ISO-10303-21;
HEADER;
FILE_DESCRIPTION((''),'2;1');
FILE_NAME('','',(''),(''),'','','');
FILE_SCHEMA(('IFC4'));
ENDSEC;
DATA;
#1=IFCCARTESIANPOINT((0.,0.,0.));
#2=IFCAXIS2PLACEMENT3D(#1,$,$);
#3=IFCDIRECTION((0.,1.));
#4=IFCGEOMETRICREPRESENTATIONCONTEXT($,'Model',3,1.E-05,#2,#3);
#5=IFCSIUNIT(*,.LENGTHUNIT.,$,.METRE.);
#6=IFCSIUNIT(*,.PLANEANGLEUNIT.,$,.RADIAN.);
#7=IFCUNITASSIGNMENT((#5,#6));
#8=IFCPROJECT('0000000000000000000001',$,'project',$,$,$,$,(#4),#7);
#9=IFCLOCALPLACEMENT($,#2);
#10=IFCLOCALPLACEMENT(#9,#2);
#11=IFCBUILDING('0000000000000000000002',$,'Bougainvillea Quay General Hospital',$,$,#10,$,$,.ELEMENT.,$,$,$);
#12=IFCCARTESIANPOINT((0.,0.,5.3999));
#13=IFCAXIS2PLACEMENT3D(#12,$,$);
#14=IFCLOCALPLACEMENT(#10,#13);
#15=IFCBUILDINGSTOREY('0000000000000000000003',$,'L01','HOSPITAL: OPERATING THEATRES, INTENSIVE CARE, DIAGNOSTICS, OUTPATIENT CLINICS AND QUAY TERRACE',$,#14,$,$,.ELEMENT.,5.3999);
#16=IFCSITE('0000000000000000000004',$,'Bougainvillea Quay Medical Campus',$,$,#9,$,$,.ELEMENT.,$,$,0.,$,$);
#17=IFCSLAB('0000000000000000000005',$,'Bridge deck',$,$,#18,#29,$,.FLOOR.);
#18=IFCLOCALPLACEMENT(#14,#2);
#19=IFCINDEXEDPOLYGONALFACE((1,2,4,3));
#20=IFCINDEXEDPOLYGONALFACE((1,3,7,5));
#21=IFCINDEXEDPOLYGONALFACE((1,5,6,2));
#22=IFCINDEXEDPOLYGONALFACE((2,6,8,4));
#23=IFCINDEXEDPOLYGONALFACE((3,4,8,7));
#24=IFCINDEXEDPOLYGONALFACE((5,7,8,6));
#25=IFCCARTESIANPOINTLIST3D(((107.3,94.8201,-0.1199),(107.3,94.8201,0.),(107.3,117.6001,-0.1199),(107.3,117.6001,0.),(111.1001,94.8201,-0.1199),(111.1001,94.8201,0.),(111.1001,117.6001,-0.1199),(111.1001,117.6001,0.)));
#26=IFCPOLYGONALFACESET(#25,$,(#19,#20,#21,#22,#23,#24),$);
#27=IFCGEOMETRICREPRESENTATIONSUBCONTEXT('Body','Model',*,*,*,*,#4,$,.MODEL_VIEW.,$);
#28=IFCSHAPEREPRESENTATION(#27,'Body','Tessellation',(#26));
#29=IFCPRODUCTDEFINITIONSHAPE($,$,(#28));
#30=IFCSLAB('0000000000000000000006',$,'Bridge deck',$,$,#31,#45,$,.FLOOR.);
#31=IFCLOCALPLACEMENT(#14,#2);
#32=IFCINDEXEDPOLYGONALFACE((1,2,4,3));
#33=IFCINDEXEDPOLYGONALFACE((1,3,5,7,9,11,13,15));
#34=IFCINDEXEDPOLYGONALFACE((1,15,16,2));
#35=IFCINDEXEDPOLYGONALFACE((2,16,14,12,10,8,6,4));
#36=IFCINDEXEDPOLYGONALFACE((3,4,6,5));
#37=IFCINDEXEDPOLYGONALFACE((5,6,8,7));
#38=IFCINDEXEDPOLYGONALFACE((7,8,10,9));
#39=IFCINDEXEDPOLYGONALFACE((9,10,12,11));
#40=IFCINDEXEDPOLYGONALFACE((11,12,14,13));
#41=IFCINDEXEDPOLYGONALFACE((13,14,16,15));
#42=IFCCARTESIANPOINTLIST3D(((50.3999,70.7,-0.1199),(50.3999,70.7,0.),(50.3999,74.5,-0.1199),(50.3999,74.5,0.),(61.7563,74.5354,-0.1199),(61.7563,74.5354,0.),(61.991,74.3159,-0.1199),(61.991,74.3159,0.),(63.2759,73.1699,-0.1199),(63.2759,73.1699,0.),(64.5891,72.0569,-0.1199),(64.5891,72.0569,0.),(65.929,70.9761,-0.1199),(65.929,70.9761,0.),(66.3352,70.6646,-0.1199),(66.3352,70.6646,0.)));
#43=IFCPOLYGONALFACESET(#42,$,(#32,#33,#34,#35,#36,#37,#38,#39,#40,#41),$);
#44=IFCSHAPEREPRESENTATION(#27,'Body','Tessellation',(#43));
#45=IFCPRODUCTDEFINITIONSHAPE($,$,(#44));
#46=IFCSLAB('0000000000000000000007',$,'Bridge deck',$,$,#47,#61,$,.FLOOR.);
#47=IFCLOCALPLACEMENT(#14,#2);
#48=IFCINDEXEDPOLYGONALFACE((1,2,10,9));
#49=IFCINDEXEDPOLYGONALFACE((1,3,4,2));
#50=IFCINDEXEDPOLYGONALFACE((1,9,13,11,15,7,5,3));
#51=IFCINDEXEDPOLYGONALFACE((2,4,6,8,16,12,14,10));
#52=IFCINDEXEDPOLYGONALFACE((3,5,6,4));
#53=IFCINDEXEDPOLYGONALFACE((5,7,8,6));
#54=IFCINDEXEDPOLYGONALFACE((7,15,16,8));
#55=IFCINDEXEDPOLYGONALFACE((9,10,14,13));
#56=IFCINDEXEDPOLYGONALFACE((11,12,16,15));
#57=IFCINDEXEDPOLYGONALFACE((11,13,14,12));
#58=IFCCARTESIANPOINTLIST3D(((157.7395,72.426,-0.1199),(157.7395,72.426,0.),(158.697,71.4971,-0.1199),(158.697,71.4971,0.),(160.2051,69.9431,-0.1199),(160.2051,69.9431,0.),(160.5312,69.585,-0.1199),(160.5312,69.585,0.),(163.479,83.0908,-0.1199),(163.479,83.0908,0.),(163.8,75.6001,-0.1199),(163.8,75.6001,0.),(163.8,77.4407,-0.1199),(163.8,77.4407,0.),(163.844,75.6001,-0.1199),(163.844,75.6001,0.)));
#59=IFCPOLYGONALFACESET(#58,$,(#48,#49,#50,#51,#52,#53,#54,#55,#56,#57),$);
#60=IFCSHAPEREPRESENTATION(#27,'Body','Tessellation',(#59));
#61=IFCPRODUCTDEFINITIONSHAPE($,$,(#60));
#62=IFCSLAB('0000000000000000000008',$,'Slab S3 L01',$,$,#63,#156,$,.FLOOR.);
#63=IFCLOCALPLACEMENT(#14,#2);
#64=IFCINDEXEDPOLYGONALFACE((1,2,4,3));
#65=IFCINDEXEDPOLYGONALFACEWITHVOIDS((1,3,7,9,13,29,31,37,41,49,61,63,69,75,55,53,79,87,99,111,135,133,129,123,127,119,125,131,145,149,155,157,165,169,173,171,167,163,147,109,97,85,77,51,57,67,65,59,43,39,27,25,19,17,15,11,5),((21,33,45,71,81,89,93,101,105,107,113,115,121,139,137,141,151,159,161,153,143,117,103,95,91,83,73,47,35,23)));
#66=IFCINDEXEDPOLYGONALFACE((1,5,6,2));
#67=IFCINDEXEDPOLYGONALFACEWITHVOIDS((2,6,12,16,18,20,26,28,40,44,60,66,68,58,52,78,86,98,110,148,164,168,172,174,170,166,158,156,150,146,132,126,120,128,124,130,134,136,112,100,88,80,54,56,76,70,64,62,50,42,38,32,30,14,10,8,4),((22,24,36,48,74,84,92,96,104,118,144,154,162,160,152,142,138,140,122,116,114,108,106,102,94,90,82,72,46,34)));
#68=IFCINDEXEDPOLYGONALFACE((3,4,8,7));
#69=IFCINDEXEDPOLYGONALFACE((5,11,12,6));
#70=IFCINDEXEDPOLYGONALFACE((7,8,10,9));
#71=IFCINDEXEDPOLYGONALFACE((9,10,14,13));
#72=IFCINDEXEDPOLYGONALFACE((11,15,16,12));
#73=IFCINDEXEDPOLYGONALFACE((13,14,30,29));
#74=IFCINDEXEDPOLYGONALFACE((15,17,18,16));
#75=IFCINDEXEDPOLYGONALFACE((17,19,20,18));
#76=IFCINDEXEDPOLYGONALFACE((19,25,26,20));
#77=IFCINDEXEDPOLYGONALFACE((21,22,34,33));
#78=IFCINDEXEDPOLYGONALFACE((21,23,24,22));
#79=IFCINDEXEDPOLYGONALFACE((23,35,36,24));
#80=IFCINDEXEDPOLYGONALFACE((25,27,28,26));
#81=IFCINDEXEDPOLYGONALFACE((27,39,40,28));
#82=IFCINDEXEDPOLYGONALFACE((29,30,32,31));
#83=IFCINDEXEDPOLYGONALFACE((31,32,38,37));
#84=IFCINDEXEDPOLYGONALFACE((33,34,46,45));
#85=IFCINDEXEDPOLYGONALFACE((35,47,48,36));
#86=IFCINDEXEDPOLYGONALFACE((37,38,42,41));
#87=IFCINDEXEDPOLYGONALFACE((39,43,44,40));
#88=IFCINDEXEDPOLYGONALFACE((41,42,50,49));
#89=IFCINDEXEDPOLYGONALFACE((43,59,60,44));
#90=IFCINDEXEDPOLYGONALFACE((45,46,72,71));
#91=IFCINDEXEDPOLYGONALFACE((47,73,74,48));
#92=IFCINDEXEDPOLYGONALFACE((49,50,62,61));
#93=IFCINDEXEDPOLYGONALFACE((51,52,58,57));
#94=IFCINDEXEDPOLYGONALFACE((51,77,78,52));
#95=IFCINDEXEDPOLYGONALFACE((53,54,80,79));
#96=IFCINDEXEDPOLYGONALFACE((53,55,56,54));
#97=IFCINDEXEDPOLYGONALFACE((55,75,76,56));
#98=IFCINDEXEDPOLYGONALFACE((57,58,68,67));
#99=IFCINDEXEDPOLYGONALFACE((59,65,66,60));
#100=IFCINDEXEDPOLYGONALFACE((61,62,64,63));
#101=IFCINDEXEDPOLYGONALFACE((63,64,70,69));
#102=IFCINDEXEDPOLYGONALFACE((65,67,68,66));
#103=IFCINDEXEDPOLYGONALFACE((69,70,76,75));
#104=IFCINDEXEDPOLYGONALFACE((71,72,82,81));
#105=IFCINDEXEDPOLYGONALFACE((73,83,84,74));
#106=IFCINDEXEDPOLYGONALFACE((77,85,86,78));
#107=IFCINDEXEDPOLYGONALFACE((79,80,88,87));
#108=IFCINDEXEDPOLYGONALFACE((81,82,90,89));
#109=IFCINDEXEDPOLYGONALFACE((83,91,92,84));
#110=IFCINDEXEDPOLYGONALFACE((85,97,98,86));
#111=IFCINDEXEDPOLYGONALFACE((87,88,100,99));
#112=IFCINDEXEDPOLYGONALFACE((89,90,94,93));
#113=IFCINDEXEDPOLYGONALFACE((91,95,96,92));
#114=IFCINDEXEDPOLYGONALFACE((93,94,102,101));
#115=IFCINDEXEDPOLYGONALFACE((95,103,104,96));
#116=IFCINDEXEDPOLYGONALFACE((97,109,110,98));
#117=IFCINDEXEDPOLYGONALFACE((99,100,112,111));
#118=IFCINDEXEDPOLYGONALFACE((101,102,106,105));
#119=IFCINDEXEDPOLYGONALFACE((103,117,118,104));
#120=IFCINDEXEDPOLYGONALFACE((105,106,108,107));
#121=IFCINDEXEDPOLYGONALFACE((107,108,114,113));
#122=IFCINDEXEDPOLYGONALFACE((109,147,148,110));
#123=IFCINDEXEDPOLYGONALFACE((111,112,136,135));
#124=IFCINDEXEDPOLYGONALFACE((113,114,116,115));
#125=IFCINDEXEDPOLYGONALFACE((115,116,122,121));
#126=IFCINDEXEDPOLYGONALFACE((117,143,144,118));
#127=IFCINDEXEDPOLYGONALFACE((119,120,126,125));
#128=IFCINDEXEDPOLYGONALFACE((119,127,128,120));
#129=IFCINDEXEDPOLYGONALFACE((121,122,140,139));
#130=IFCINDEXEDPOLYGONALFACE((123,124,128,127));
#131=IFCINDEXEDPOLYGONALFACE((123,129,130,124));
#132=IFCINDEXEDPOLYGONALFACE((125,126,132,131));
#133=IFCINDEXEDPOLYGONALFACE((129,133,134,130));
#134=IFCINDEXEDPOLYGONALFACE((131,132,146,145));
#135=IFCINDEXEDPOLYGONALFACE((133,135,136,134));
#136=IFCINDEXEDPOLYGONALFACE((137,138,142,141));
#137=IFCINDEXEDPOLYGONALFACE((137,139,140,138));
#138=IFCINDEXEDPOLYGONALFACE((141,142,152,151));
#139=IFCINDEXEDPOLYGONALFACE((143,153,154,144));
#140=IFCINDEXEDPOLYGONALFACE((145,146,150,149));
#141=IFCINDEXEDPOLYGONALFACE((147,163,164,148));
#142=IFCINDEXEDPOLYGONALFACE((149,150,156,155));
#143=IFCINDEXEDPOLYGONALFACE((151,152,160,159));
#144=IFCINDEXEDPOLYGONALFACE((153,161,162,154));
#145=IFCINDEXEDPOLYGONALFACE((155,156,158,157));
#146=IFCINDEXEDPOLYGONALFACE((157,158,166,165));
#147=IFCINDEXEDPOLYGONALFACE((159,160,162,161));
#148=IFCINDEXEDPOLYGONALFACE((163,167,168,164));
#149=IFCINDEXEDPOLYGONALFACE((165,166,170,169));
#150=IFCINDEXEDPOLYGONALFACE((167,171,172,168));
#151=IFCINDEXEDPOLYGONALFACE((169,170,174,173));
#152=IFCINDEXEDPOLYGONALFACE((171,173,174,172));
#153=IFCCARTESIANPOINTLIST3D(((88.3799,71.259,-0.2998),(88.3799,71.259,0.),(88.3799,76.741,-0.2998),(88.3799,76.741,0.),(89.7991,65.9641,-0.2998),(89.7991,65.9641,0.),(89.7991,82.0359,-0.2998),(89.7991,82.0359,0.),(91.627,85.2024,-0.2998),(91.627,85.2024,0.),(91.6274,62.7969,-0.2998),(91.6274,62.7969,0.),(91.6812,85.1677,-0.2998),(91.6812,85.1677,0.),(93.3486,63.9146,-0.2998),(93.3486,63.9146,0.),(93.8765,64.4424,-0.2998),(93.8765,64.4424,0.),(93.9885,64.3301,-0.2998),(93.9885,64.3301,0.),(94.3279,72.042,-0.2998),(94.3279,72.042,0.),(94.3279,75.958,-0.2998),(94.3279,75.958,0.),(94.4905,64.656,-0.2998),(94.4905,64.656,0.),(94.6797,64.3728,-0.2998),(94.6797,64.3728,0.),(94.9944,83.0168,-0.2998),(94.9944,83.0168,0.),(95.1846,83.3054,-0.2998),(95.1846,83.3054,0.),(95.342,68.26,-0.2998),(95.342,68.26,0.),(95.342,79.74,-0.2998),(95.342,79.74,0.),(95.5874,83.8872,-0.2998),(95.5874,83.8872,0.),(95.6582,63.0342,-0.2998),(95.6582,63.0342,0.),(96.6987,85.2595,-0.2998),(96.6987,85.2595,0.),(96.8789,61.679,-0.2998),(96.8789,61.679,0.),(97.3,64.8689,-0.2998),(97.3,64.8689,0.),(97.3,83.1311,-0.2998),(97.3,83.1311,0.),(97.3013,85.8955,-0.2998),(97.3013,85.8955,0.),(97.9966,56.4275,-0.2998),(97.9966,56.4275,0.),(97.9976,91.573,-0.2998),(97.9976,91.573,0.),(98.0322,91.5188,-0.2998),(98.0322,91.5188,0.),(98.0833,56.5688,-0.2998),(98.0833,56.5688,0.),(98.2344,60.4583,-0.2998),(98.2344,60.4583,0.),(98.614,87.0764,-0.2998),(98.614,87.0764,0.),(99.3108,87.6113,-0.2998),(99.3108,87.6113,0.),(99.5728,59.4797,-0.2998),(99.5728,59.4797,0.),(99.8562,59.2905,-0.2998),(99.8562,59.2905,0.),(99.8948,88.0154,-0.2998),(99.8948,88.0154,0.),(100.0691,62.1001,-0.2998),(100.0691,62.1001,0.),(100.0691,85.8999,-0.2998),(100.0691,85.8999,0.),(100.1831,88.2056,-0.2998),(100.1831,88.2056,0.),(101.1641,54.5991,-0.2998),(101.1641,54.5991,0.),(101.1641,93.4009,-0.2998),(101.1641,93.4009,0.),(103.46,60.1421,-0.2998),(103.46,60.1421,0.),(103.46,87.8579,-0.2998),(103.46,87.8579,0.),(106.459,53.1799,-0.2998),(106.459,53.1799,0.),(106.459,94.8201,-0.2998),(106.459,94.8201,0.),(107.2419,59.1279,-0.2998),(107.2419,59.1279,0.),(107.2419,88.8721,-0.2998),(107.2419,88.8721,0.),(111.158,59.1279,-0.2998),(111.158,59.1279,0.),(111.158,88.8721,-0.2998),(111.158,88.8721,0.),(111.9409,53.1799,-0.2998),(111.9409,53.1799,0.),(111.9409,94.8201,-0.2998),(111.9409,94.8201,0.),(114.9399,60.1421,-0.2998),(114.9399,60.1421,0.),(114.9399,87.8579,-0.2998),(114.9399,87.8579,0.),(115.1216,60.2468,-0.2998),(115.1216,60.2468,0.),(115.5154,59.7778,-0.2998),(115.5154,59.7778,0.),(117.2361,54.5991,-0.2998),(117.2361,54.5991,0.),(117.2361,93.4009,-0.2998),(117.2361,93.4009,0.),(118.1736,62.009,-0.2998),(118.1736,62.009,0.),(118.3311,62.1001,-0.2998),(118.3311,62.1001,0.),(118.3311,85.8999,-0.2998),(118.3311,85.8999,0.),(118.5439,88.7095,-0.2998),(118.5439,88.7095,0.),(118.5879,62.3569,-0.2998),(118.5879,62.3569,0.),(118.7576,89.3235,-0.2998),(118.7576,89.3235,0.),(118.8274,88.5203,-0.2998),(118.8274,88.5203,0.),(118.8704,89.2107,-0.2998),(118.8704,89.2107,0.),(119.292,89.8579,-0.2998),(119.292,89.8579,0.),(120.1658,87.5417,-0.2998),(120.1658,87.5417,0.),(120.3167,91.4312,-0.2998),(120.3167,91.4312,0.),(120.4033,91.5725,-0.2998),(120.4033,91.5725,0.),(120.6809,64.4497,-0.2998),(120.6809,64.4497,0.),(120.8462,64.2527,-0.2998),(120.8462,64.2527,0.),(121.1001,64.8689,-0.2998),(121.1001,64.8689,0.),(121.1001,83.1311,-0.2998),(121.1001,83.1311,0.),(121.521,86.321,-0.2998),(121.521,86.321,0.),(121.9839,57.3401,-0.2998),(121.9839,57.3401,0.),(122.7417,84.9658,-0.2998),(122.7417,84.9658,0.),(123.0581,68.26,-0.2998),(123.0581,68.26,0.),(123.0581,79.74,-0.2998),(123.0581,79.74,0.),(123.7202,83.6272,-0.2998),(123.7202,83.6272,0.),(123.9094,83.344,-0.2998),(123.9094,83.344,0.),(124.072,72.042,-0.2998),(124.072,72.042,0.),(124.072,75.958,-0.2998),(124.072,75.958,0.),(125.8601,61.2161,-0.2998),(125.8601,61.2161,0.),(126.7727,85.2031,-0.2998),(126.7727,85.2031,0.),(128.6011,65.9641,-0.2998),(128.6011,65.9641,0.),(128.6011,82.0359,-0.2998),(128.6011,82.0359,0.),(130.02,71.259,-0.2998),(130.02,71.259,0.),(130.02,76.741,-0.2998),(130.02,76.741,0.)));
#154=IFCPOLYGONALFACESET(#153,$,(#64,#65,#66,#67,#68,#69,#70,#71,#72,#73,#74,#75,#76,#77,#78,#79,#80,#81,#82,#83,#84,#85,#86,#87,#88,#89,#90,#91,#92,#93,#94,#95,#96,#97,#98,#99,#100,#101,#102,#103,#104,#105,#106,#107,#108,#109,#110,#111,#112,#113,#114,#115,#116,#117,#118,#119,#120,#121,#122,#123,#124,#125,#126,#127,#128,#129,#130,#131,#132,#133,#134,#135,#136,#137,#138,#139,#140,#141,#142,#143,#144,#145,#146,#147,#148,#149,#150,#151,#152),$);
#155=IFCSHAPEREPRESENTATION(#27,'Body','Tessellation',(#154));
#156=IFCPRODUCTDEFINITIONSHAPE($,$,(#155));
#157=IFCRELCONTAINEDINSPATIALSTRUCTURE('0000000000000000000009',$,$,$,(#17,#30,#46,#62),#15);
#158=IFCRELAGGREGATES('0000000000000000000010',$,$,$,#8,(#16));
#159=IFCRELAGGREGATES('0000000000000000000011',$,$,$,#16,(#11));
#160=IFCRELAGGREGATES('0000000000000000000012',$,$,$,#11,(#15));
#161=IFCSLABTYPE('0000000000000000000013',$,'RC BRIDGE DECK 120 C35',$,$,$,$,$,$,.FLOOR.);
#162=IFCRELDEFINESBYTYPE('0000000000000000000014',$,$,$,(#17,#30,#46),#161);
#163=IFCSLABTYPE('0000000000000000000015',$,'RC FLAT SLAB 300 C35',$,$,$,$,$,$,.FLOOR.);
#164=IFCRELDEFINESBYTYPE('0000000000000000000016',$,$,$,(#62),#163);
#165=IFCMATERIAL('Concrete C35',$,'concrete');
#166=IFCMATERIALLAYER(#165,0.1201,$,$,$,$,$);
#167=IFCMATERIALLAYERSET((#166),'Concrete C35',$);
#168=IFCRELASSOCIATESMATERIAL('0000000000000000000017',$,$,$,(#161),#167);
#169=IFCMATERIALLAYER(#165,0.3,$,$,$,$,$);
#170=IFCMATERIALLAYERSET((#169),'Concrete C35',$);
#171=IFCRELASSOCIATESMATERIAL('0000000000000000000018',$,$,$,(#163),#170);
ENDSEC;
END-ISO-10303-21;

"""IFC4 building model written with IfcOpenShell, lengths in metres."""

from ifc_helpers import new_model, si_unit, direction, frame, origin, place, context, subcontext, project, spatial, polyline, outline, extrude, material, layer, layer_set, type_object, element, save


model = new_model("IFC4")

# Units and contexts
model_context = context("Model", 3, precision=1e-05, world=origin(), true_north=direction((0.0, 1.0)))
body_context = subcontext(model_context, "Body", "Model", "MODEL_VIEW")
ifc_project = project(units=[si_unit("LENGTHUNIT", "METRE"), si_unit("PLANEANGLEUNIT", "RADIAN")], contexts=[model_context])

# Site, building, storey
site_placement = place(None, origin())
site = spatial("IfcSite", under=ifc_project, at=site_placement, Name="Bougainvillea Quay Medical Campus", CompositionType="ELEMENT", RefElevation=0.0)
building_placement = place(site_placement, origin())
building = spatial("IfcBuilding", under=site, at=building_placement, Name="Bougainvillea Quay General Hospital", CompositionType="ELEMENT")
storey_placement = place(building_placement, frame((0.0, 0.0, 5.3999)))
storey = spatial("IfcBuildingStorey", under=building, at=storey_placement, Name="L01", Description="HOSPITAL: OPERATING THEATRES, INTENSIVE CARE, DIAGNOSTICS, OUTPATIENT CLINICS AND QUAY TERRACE", CompositionType="ELEMENT", Elevation=5.3999)

# Slabs
ifc_material_1 = material(Name="Concrete C35", Category="concrete")
ifc_layer_1 = layer(ifc_material_1, 0.1201)
ifc_layer_set_1 = layer_set([ifc_layer_1], Name="Concrete C35")
slab_type_1 = type_object("IfcSlabType", Name="RC BRIDGE DECK 120 C35", PredefinedType="FLOOR", material=ifc_layer_set_1)
slab_1_placement = place(storey_placement, frame((0.0, 0.0, -0.1199)))
element("IfcSlab", 1, at=slab_1_placement, inside=storey, type_object=slab_type_1, Name="Bridge deck", PredefinedType="FLOOR", context=body_context, shape_type="SweptSolid", body=[
    extrude(outline(polyline([(107.3, 117.6001), (107.3, 94.8201), (111.1001, 94.8201), (111.1001, 117.6001), (107.3, 117.6001)])), origin(), (0.0, 0.0, 1.0), 0.1199),
])
slab_2_placement = place(storey_placement, frame((0.0, 0.0, -0.1199)))
element("IfcSlab", 2, at=slab_2_placement, inside=storey, type_object=slab_type_1, Name="Bridge deck", PredefinedType="FLOOR", context=body_context, shape_type="SweptSolid", body=[
    extrude(outline(polyline([(61.7563, 74.5354), (50.3999, 74.5), (50.3999, 70.7), (66.3352, 70.6646), (65.929, 70.9761), (64.5891, 72.0569), (63.2759, 73.1699), (61.991, 74.3159), (61.7563, 74.5354)])), origin(), (0.0, 0.0, 1.0), 0.1199),
])
slab_3_placement = place(storey_placement, frame((0.0, 0.0, -0.1199)))
element("IfcSlab", 3, at=slab_3_placement, inside=storey, type_object=slab_type_1, Name="Bridge deck", PredefinedType="FLOOR", context=body_context, shape_type="SweptSolid", body=[
    extrude(outline(polyline([(163.479, 83.0908), (157.7395, 72.426), (158.697, 71.4971), (160.2051, 69.9431), (160.5312, 69.585), (163.844, 75.6001), (163.8, 75.6001), (163.8, 77.4407), (163.479, 83.0908)])), origin(), (0.0, 0.0, 1.0), 0.1199),
])
ifc_layer_2 = layer(ifc_material_1, 0.3)
ifc_layer_set_2 = layer_set([ifc_layer_2], Name="Concrete C35")
slab_type_2 = type_object("IfcSlabType", Name="RC FLAT SLAB 300 C35", PredefinedType="FLOOR", material=ifc_layer_set_2)
slab_4_placement = place(storey_placement, frame((0.0, 0.0, -0.2998)))
element("IfcSlab", 4, at=slab_4_placement, inside=storey, type_object=slab_type_2, Name="Slab S3 L01", PredefinedType="FLOOR", context=body_context, shape_type="SweptSolid", body=[
    extrude(outline(polyline([(98.614, 87.0764), (99.3108, 87.6113), (99.8948, 88.0154), (100.1831, 88.2056), (98.0322, 91.5188), (97.9976, 91.573), (101.1641, 93.4009), (106.459, 94.8201), (111.9409, 94.8201), (117.2361, 93.4009), (120.4033, 91.5725), (120.3167, 91.4312), (119.292, 89.8579), (118.7576, 89.3235), (118.8704, 89.2107), (118.5439, 88.7095), (118.8274, 88.5203), (120.1658, 87.5417), (121.521, 86.321), (122.7417, 84.9658), (123.7202, 83.6272), (123.9094, 83.344), (126.7727, 85.2031), (128.6011, 82.0359), (130.02, 76.741), (130.02, 71.259), (128.6011, 65.9641), (125.8601, 61.2161), (121.9839, 57.3401), (117.2361, 54.5991), (111.9409, 53.1799), (106.459, 53.1799), (101.1641, 54.5991), (97.9966, 56.4275), (98.0833, 56.5688), (99.8562, 59.2905), (99.5728, 59.4797), (98.2344, 60.4583), (96.8789, 61.679), (95.6582, 63.0342), (94.6797, 64.3728), (94.4905, 64.656), (93.9885, 64.3301), (93.8765, 64.4424), (93.3486, 63.9146), (91.6274, 62.7969), (89.7991, 65.9641), (88.3799, 71.259), (88.3799, 76.741), (89.7991, 82.0359), (91.627, 85.2024), (91.6812, 85.1677), (94.9944, 83.0168), (95.1846, 83.3054), (95.5874, 83.8872), (96.6987, 85.2595), (97.3013, 85.8955), (98.614, 87.0764)]), holes=[polyline([(97.3, 83.1311), (95.342, 79.74), (94.3279, 75.958), (94.3279, 72.042), (95.342, 68.26), (97.3, 64.8689), (100.0691, 62.1001), (103.46, 60.1421), (107.2419, 59.1279), (111.158, 59.1279), (114.9399, 60.1421), (115.1216, 60.2468), (115.5154, 59.7778), (118.1736, 62.009), (118.3311, 62.1001), (118.5879, 62.3569), (120.8462, 64.2527), (120.6809, 64.4497), (121.1001, 64.8689), (123.0581, 68.26), (124.072, 72.042), (124.072, 75.958), (123.0581, 79.74), (121.1001, 83.1311), (118.3311, 85.8999), (114.9399, 87.8579), (111.158, 88.8721), (107.2419, 88.8721), (103.46, 87.8579), (100.0691, 85.8999), (97.3, 83.1311)])]), origin(), (0.0, 0.0, 1.0), 0.2998),
])

save(model, "model.ifc")
